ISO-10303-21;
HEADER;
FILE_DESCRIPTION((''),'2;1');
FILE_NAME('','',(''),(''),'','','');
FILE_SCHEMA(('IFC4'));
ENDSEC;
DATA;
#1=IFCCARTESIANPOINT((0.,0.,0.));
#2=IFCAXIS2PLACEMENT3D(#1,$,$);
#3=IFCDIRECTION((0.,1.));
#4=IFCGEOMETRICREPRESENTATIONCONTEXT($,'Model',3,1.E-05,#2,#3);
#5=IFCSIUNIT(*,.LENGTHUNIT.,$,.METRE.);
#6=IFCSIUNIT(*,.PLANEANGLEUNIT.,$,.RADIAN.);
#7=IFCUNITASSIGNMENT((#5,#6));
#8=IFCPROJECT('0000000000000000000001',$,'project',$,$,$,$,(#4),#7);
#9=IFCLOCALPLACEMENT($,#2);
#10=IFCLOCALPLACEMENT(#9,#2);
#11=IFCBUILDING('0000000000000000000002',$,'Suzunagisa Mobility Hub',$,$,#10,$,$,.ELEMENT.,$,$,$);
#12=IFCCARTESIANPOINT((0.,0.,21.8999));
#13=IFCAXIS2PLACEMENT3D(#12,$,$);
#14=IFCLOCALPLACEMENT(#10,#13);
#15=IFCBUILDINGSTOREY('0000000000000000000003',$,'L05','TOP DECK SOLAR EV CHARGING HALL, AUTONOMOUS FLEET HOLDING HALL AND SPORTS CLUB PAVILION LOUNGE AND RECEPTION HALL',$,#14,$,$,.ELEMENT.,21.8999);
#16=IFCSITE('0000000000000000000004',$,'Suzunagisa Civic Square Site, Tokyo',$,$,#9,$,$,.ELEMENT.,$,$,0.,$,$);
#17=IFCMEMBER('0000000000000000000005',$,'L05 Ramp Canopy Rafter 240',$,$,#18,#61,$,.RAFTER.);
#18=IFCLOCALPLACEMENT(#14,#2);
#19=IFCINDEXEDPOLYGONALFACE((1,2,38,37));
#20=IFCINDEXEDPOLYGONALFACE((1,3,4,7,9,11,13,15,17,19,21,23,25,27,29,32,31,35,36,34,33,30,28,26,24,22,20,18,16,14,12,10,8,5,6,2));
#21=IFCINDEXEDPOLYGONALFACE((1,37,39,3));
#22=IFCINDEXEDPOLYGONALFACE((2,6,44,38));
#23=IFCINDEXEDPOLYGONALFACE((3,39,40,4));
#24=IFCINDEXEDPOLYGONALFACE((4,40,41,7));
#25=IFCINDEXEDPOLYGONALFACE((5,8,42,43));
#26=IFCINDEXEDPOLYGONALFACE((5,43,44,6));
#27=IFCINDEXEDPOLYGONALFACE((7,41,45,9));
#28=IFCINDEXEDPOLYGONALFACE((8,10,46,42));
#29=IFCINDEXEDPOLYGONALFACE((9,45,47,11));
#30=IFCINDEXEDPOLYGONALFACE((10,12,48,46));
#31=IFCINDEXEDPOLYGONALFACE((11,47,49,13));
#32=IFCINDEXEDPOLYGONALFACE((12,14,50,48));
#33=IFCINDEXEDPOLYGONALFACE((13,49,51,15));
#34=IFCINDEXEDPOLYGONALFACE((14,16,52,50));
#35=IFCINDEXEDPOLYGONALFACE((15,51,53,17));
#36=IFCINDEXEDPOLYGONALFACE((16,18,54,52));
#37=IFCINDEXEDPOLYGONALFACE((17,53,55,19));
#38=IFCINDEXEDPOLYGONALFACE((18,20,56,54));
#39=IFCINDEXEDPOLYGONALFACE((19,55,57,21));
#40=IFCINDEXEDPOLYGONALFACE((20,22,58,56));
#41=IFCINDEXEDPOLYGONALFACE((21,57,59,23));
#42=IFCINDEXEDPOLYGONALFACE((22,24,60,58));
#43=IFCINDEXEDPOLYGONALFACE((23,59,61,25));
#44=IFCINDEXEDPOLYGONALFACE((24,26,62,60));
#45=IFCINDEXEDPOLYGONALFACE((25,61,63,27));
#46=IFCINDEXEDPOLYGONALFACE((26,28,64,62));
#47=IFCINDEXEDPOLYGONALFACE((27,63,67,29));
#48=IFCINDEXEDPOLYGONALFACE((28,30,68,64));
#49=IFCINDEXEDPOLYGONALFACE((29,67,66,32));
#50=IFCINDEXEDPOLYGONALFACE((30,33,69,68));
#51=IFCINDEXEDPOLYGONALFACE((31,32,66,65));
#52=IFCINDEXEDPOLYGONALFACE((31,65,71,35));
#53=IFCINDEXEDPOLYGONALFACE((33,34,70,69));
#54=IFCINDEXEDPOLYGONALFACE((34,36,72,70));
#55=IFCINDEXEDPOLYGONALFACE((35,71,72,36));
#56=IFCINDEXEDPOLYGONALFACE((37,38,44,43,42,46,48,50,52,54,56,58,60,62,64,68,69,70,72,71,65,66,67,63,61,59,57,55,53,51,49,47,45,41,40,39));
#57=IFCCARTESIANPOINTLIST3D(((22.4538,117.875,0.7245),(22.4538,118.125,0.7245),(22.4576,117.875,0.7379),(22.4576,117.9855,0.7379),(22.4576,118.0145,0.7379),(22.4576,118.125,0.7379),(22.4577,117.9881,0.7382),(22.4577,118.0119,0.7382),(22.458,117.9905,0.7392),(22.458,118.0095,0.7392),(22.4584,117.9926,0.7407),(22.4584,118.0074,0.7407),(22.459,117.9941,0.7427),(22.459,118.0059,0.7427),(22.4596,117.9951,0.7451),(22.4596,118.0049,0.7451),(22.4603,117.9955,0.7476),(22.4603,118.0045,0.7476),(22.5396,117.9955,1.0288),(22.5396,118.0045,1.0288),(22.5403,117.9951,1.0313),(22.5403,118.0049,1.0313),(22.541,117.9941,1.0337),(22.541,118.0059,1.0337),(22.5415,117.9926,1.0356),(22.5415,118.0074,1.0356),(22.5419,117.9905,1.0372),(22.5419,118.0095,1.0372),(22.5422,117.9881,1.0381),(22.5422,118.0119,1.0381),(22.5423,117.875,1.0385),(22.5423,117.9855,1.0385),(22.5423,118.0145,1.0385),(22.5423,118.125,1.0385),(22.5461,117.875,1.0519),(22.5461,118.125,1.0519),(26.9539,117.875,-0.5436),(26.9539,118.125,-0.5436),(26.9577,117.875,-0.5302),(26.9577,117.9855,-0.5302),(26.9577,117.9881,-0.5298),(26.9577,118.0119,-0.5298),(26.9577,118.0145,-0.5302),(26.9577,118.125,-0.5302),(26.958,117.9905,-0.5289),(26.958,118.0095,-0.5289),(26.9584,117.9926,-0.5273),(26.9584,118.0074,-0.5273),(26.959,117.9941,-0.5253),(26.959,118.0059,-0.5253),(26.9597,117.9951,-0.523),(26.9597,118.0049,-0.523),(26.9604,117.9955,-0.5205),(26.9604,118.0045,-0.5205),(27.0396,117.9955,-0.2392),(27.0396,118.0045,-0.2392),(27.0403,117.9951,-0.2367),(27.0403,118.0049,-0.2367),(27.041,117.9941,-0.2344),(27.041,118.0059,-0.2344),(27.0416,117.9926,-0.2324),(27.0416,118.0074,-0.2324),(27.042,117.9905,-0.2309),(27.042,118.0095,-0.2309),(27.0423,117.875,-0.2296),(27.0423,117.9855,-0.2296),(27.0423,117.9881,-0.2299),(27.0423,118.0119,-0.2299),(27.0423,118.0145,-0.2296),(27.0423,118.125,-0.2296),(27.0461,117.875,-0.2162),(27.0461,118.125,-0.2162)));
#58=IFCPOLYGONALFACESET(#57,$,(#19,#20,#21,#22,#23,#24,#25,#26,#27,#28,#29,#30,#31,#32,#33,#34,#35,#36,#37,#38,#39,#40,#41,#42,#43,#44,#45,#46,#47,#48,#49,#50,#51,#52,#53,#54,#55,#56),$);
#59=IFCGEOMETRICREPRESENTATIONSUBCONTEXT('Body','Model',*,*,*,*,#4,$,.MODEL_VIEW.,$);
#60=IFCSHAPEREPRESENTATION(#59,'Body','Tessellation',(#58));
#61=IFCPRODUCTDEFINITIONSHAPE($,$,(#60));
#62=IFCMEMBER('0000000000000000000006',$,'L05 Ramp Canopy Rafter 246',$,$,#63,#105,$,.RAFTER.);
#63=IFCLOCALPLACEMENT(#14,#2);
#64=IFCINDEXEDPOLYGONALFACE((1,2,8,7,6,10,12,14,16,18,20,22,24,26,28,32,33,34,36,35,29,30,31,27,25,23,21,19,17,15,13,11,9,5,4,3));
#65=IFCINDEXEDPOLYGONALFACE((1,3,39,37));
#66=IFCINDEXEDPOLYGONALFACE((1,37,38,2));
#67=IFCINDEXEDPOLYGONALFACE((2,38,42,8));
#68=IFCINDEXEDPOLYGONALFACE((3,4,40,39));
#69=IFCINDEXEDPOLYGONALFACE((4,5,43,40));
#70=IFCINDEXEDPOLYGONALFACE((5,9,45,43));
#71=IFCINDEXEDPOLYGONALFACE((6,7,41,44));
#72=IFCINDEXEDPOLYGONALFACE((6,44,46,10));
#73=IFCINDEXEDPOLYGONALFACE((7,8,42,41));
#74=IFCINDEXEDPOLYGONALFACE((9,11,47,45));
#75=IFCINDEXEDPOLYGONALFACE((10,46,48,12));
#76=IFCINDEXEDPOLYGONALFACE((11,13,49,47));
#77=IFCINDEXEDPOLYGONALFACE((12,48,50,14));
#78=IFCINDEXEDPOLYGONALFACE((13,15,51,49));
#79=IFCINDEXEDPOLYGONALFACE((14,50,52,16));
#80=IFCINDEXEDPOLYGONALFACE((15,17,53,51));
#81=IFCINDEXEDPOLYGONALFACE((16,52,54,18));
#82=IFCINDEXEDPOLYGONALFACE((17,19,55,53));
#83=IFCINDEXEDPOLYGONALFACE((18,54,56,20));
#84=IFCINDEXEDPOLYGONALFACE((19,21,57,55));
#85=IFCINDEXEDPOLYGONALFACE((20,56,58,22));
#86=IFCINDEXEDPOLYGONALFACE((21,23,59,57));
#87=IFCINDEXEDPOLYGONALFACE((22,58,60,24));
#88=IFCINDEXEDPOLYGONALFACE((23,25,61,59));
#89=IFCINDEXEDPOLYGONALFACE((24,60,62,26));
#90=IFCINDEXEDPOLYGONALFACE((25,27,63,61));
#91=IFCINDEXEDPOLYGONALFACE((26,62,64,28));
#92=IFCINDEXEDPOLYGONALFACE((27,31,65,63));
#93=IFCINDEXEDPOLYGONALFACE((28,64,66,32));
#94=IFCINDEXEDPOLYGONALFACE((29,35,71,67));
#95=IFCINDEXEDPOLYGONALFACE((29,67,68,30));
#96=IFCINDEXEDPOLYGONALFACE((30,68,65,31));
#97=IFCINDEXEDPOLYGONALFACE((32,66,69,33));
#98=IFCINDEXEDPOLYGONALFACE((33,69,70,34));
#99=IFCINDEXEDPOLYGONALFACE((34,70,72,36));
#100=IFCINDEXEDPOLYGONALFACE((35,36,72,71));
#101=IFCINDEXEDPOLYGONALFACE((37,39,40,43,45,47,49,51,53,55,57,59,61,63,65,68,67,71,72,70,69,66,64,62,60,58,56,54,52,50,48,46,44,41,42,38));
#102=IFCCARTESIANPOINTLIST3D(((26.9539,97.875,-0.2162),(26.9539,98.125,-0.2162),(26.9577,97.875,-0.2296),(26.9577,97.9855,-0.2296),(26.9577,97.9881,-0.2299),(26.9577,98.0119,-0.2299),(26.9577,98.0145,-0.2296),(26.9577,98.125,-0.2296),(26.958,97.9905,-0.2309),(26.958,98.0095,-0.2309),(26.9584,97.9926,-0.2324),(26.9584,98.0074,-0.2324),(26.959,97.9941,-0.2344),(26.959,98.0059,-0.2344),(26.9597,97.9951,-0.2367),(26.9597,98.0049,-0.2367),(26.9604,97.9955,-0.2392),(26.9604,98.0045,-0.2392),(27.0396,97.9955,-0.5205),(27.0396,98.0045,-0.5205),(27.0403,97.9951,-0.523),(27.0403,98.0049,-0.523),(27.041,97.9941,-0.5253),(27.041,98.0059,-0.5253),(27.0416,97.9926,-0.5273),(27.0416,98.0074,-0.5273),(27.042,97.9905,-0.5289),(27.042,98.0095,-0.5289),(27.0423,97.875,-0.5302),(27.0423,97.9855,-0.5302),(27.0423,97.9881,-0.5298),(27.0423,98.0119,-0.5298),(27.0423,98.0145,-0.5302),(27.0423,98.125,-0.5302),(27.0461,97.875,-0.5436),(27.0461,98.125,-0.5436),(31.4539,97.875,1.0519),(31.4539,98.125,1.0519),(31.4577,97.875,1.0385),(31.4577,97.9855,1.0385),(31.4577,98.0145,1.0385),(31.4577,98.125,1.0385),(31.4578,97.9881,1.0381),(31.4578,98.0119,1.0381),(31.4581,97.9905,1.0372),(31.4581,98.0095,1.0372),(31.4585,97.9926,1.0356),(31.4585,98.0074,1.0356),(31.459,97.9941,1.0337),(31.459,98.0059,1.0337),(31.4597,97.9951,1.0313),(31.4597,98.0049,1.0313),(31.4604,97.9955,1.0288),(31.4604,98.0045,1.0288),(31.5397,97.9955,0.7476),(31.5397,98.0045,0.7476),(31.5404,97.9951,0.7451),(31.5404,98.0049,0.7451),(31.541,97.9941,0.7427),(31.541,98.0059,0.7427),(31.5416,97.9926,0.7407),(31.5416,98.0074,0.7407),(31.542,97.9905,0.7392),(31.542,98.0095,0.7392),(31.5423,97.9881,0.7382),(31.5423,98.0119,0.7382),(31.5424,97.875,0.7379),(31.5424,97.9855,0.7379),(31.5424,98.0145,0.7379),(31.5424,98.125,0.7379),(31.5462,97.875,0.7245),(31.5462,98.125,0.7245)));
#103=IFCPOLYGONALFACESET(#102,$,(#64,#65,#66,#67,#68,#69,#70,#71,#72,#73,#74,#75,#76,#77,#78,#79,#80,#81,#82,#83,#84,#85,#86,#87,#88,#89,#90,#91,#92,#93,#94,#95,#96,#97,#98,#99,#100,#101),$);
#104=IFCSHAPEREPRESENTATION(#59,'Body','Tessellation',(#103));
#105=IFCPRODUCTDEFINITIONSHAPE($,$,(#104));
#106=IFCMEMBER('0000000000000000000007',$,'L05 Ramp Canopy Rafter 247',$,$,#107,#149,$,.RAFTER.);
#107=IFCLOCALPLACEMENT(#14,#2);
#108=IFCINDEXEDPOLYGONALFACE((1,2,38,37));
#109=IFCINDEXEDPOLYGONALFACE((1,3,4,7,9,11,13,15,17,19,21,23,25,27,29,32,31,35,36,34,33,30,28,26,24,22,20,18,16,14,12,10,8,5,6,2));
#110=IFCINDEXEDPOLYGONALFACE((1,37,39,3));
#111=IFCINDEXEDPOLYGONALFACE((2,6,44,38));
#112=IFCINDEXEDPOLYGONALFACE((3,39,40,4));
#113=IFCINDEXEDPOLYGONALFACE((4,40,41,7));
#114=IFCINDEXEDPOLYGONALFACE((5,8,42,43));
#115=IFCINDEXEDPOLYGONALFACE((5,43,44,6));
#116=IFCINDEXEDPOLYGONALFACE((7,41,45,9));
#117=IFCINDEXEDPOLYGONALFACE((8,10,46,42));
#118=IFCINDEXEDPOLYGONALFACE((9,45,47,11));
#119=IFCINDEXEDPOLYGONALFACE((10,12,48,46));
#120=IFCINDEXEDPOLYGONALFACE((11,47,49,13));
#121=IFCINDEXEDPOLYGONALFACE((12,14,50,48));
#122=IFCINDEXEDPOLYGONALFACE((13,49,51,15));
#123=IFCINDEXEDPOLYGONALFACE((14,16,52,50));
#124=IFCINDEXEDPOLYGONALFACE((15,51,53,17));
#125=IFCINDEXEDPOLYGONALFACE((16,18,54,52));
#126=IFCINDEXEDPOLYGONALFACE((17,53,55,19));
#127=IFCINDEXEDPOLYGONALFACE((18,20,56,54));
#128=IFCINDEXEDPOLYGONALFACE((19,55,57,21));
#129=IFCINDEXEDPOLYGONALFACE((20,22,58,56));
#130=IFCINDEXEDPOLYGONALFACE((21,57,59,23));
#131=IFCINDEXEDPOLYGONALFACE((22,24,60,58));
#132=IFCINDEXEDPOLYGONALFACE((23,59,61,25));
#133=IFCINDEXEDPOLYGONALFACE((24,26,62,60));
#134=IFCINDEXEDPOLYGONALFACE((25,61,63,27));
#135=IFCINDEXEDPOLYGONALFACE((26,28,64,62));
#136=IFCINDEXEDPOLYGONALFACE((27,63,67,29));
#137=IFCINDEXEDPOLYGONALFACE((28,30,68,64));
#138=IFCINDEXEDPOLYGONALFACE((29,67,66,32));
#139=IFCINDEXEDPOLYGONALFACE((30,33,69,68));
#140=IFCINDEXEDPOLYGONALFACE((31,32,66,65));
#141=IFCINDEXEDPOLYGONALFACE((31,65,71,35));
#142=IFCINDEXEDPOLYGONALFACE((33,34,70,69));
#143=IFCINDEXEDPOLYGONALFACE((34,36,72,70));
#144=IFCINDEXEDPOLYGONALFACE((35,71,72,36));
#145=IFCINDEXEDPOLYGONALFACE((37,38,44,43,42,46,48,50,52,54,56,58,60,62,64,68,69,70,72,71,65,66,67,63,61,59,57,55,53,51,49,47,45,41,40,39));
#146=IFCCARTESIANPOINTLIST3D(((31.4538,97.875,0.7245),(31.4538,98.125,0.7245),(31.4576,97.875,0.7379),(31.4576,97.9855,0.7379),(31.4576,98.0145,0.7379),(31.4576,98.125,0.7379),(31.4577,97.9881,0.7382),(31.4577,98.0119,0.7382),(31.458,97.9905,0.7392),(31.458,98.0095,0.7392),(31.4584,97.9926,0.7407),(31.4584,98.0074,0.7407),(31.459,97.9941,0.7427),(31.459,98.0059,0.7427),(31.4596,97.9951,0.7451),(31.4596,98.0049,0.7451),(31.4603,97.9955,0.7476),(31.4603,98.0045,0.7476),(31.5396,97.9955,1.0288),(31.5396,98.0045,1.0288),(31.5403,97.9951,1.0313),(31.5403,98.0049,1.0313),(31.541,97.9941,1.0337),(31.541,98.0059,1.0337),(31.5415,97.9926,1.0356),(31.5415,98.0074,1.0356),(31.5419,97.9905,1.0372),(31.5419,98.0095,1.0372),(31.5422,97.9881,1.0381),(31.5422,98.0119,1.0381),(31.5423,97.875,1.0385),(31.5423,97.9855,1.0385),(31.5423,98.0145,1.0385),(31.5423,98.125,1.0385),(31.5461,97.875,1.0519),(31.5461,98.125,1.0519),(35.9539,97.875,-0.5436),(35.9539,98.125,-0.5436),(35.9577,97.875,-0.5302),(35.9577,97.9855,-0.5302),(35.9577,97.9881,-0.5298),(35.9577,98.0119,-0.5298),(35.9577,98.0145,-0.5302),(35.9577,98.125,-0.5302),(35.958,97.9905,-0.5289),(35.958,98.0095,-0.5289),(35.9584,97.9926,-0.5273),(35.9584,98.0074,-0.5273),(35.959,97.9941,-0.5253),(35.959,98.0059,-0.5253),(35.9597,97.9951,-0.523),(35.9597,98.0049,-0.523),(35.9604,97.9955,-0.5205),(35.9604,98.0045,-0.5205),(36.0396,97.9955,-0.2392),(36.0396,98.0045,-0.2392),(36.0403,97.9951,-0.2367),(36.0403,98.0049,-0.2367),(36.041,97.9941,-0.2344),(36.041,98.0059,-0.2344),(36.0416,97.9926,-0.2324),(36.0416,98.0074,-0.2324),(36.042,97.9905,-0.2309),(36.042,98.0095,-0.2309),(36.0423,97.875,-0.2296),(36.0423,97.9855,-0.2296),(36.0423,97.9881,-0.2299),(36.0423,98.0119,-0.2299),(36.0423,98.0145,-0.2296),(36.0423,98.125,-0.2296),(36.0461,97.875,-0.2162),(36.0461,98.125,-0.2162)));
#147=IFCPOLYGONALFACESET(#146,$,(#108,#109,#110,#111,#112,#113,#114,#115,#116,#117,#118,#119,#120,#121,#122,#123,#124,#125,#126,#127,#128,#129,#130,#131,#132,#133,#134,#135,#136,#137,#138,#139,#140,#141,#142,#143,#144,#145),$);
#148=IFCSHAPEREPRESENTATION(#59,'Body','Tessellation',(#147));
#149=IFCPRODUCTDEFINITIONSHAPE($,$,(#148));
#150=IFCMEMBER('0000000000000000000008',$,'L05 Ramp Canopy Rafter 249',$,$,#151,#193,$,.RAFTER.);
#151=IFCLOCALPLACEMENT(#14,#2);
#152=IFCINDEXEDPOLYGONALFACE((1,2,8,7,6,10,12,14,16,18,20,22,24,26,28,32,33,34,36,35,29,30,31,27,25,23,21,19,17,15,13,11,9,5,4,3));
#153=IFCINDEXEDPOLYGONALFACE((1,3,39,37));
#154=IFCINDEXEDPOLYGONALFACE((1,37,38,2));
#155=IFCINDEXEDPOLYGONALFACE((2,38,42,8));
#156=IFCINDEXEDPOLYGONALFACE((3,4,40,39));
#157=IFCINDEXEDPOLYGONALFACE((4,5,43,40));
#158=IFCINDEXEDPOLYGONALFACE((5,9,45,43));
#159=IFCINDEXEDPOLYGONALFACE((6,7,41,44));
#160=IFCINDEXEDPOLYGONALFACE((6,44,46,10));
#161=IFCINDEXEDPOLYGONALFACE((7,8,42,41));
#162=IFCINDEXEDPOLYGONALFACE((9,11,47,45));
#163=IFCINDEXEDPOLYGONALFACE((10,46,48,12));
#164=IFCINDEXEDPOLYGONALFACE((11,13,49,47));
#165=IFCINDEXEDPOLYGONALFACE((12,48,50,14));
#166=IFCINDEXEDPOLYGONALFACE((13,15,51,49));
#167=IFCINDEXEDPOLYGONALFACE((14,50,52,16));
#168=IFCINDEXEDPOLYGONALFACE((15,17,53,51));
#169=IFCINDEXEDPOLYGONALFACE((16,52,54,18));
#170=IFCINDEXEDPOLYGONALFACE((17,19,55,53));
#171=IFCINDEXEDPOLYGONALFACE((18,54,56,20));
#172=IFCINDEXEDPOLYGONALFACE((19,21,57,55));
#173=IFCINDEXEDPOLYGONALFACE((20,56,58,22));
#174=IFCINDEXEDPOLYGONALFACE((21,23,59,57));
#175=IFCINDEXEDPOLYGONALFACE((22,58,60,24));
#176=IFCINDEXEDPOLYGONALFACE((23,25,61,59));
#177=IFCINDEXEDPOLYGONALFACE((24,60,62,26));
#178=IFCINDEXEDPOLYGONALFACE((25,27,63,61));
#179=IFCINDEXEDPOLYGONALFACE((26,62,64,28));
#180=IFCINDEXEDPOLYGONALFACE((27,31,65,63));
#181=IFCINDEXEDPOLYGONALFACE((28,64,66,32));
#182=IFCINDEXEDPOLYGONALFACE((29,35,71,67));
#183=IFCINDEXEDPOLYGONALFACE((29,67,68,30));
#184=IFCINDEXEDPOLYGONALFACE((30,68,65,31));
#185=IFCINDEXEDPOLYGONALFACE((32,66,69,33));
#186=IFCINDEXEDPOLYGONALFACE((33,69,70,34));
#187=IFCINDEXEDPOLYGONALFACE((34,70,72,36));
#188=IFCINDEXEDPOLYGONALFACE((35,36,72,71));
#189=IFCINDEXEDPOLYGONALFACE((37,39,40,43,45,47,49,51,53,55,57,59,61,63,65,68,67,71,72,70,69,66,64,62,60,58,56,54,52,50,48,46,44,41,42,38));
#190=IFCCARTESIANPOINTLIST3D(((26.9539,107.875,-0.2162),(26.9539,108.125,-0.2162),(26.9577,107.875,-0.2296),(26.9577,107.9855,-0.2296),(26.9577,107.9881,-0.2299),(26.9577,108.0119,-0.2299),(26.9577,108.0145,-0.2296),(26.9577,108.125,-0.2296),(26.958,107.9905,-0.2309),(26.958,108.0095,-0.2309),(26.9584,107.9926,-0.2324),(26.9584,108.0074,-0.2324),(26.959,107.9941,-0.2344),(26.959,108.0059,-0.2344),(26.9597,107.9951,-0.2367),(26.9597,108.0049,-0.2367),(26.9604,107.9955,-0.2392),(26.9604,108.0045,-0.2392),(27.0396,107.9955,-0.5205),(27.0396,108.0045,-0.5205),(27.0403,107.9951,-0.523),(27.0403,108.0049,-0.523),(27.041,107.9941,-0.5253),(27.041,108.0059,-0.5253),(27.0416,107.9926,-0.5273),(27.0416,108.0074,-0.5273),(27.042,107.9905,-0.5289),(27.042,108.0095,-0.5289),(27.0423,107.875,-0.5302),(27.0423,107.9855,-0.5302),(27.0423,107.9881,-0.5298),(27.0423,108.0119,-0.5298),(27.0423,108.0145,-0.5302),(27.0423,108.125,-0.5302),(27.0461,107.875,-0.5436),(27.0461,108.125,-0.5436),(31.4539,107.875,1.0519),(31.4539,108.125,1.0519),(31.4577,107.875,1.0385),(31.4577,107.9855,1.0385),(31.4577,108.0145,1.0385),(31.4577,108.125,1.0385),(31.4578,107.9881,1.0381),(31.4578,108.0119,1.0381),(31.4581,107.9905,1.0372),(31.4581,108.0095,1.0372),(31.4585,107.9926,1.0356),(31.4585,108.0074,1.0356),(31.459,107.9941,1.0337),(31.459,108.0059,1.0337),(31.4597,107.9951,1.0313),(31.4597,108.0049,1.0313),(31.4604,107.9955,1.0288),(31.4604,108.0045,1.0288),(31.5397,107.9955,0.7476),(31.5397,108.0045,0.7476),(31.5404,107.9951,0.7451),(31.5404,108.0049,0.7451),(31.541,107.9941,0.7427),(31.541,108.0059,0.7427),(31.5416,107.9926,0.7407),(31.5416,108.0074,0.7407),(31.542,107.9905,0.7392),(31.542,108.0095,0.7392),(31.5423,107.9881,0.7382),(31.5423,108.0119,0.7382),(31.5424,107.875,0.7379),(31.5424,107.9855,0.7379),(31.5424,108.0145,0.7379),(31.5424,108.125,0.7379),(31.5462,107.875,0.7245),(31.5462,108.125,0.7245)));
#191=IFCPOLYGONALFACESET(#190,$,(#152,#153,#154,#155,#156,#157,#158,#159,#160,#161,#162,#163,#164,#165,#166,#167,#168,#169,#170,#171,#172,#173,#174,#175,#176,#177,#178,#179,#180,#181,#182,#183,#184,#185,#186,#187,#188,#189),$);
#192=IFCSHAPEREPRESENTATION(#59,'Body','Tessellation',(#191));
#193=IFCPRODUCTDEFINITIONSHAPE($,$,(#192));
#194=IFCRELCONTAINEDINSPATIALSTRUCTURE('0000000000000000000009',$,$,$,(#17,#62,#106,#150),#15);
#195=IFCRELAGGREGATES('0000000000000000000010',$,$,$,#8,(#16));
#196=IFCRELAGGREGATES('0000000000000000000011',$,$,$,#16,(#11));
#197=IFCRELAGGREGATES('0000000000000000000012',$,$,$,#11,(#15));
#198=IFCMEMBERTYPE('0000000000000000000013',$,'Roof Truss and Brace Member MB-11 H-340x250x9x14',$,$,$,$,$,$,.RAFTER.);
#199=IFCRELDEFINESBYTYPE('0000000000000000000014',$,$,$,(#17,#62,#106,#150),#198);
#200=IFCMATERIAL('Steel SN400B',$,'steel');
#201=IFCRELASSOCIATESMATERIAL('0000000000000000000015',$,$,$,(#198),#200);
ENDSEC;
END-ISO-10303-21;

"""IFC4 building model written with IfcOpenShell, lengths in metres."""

from ifc_helpers import new_model, si_unit, direction, frame, origin, origin_2d, place, context, subcontext, project, spatial, i_section, extrude, material, material_profile, profile_set, type_object, element, save


model = new_model("IFC4")

# Units and contexts
model_context = context("Model", 3, precision=1e-05, world=origin(), true_north=direction((0.0, 1.0)))
body_context = subcontext(model_context, "Body", "Model", "MODEL_VIEW")
ifc_project = project(units=[si_unit("LENGTHUNIT", "METRE"), si_unit("PLANEANGLEUNIT", "RADIAN")], contexts=[model_context])

# Site, building, storey
site_placement = place(None, origin())
site = spatial("IfcSite", under=ifc_project, at=site_placement, Name="Suzunagisa Civic Square Site, Tokyo", CompositionType="ELEMENT", RefElevation=0.0)
building_placement = place(site_placement, origin())
building = spatial("IfcBuilding", under=site, at=building_placement, Name="Suzunagisa Mobility Hub", CompositionType="ELEMENT")
storey_placement = place(building_placement, frame((0.0, 0.0, 21.8999)))
storey = spatial("IfcBuildingStorey", under=building, at=storey_placement, Name="L05", Description="TOP DECK SOLAR EV CHARGING HALL, AUTONOMOUS FLEET HOLDING HALL AND SPORTS CLUB PAVILION LOUNGE AND RECEPTION HALL", CompositionType="ELEMENT", Elevation=21.8999)

# Members
ifc_material_1 = material(Name="Steel SN400B", Category="steel")
ifc_material_profile_1 = material_profile(ifc_material_1, i_section(OverallWidth=0.25, OverallDepth=0.3401, WebThickness=0.009, FlangeThickness=0.0139, FilletRadius=0.01, at=origin_2d()), Name="H-340x250x9x14")
ifc_profile_set_1 = profile_set([ifc_material_profile_1], Name="Steel SN400B")
member_type_1 = type_object("IfcMemberType", Name="Roof Truss and Brace Member MB-11 H-340x250x9x14", PredefinedType="RAFTER", material=ifc_profile_set_1)
for number, where, z_axis, x_axis, name in (
    (1, (27.0, 118.0, -0.3799), (-0.962515, 0.0, 0.271229), (0.0, -1.0, 0.0), "L05 Ramp Canopy Rafter 240"),
    (2, (27.0, 98.0, -0.3799), (0.962515, 0.0, 0.271229), (0.0, 1.0, 0.0), "L05 Ramp Canopy Rafter 246"),
    (3, (36.0, 98.0, -0.3799), (-0.962515, 0.0, 0.271229), (0.0, -1.0, 0.0), "L05 Ramp Canopy Rafter 247"),
    (4, (27.0, 108.0, -0.3799), (0.962515, 0.0, 0.271229), (0.0, 1.0, 0.0), "L05 Ramp Canopy Rafter 249"),
):
    element("IfcMember", number, at=place(storey_placement, frame(where, z_axis=z_axis, x_axis=x_axis)), inside=storey, type_object=member_type_1, Name=name, PredefinedType="RAFTER", context=body_context, shape_type="SweptSolid", body=[
        extrude(i_section(OverallWidth=0.25, OverallDepth=0.3401, WebThickness=0.009, FlangeThickness=0.0139, FilletRadius=0.01, at=origin_2d()), origin(), (0.0, 0.0, 1.0), 4.6753),
    ])

save(model, "model.ifc")
